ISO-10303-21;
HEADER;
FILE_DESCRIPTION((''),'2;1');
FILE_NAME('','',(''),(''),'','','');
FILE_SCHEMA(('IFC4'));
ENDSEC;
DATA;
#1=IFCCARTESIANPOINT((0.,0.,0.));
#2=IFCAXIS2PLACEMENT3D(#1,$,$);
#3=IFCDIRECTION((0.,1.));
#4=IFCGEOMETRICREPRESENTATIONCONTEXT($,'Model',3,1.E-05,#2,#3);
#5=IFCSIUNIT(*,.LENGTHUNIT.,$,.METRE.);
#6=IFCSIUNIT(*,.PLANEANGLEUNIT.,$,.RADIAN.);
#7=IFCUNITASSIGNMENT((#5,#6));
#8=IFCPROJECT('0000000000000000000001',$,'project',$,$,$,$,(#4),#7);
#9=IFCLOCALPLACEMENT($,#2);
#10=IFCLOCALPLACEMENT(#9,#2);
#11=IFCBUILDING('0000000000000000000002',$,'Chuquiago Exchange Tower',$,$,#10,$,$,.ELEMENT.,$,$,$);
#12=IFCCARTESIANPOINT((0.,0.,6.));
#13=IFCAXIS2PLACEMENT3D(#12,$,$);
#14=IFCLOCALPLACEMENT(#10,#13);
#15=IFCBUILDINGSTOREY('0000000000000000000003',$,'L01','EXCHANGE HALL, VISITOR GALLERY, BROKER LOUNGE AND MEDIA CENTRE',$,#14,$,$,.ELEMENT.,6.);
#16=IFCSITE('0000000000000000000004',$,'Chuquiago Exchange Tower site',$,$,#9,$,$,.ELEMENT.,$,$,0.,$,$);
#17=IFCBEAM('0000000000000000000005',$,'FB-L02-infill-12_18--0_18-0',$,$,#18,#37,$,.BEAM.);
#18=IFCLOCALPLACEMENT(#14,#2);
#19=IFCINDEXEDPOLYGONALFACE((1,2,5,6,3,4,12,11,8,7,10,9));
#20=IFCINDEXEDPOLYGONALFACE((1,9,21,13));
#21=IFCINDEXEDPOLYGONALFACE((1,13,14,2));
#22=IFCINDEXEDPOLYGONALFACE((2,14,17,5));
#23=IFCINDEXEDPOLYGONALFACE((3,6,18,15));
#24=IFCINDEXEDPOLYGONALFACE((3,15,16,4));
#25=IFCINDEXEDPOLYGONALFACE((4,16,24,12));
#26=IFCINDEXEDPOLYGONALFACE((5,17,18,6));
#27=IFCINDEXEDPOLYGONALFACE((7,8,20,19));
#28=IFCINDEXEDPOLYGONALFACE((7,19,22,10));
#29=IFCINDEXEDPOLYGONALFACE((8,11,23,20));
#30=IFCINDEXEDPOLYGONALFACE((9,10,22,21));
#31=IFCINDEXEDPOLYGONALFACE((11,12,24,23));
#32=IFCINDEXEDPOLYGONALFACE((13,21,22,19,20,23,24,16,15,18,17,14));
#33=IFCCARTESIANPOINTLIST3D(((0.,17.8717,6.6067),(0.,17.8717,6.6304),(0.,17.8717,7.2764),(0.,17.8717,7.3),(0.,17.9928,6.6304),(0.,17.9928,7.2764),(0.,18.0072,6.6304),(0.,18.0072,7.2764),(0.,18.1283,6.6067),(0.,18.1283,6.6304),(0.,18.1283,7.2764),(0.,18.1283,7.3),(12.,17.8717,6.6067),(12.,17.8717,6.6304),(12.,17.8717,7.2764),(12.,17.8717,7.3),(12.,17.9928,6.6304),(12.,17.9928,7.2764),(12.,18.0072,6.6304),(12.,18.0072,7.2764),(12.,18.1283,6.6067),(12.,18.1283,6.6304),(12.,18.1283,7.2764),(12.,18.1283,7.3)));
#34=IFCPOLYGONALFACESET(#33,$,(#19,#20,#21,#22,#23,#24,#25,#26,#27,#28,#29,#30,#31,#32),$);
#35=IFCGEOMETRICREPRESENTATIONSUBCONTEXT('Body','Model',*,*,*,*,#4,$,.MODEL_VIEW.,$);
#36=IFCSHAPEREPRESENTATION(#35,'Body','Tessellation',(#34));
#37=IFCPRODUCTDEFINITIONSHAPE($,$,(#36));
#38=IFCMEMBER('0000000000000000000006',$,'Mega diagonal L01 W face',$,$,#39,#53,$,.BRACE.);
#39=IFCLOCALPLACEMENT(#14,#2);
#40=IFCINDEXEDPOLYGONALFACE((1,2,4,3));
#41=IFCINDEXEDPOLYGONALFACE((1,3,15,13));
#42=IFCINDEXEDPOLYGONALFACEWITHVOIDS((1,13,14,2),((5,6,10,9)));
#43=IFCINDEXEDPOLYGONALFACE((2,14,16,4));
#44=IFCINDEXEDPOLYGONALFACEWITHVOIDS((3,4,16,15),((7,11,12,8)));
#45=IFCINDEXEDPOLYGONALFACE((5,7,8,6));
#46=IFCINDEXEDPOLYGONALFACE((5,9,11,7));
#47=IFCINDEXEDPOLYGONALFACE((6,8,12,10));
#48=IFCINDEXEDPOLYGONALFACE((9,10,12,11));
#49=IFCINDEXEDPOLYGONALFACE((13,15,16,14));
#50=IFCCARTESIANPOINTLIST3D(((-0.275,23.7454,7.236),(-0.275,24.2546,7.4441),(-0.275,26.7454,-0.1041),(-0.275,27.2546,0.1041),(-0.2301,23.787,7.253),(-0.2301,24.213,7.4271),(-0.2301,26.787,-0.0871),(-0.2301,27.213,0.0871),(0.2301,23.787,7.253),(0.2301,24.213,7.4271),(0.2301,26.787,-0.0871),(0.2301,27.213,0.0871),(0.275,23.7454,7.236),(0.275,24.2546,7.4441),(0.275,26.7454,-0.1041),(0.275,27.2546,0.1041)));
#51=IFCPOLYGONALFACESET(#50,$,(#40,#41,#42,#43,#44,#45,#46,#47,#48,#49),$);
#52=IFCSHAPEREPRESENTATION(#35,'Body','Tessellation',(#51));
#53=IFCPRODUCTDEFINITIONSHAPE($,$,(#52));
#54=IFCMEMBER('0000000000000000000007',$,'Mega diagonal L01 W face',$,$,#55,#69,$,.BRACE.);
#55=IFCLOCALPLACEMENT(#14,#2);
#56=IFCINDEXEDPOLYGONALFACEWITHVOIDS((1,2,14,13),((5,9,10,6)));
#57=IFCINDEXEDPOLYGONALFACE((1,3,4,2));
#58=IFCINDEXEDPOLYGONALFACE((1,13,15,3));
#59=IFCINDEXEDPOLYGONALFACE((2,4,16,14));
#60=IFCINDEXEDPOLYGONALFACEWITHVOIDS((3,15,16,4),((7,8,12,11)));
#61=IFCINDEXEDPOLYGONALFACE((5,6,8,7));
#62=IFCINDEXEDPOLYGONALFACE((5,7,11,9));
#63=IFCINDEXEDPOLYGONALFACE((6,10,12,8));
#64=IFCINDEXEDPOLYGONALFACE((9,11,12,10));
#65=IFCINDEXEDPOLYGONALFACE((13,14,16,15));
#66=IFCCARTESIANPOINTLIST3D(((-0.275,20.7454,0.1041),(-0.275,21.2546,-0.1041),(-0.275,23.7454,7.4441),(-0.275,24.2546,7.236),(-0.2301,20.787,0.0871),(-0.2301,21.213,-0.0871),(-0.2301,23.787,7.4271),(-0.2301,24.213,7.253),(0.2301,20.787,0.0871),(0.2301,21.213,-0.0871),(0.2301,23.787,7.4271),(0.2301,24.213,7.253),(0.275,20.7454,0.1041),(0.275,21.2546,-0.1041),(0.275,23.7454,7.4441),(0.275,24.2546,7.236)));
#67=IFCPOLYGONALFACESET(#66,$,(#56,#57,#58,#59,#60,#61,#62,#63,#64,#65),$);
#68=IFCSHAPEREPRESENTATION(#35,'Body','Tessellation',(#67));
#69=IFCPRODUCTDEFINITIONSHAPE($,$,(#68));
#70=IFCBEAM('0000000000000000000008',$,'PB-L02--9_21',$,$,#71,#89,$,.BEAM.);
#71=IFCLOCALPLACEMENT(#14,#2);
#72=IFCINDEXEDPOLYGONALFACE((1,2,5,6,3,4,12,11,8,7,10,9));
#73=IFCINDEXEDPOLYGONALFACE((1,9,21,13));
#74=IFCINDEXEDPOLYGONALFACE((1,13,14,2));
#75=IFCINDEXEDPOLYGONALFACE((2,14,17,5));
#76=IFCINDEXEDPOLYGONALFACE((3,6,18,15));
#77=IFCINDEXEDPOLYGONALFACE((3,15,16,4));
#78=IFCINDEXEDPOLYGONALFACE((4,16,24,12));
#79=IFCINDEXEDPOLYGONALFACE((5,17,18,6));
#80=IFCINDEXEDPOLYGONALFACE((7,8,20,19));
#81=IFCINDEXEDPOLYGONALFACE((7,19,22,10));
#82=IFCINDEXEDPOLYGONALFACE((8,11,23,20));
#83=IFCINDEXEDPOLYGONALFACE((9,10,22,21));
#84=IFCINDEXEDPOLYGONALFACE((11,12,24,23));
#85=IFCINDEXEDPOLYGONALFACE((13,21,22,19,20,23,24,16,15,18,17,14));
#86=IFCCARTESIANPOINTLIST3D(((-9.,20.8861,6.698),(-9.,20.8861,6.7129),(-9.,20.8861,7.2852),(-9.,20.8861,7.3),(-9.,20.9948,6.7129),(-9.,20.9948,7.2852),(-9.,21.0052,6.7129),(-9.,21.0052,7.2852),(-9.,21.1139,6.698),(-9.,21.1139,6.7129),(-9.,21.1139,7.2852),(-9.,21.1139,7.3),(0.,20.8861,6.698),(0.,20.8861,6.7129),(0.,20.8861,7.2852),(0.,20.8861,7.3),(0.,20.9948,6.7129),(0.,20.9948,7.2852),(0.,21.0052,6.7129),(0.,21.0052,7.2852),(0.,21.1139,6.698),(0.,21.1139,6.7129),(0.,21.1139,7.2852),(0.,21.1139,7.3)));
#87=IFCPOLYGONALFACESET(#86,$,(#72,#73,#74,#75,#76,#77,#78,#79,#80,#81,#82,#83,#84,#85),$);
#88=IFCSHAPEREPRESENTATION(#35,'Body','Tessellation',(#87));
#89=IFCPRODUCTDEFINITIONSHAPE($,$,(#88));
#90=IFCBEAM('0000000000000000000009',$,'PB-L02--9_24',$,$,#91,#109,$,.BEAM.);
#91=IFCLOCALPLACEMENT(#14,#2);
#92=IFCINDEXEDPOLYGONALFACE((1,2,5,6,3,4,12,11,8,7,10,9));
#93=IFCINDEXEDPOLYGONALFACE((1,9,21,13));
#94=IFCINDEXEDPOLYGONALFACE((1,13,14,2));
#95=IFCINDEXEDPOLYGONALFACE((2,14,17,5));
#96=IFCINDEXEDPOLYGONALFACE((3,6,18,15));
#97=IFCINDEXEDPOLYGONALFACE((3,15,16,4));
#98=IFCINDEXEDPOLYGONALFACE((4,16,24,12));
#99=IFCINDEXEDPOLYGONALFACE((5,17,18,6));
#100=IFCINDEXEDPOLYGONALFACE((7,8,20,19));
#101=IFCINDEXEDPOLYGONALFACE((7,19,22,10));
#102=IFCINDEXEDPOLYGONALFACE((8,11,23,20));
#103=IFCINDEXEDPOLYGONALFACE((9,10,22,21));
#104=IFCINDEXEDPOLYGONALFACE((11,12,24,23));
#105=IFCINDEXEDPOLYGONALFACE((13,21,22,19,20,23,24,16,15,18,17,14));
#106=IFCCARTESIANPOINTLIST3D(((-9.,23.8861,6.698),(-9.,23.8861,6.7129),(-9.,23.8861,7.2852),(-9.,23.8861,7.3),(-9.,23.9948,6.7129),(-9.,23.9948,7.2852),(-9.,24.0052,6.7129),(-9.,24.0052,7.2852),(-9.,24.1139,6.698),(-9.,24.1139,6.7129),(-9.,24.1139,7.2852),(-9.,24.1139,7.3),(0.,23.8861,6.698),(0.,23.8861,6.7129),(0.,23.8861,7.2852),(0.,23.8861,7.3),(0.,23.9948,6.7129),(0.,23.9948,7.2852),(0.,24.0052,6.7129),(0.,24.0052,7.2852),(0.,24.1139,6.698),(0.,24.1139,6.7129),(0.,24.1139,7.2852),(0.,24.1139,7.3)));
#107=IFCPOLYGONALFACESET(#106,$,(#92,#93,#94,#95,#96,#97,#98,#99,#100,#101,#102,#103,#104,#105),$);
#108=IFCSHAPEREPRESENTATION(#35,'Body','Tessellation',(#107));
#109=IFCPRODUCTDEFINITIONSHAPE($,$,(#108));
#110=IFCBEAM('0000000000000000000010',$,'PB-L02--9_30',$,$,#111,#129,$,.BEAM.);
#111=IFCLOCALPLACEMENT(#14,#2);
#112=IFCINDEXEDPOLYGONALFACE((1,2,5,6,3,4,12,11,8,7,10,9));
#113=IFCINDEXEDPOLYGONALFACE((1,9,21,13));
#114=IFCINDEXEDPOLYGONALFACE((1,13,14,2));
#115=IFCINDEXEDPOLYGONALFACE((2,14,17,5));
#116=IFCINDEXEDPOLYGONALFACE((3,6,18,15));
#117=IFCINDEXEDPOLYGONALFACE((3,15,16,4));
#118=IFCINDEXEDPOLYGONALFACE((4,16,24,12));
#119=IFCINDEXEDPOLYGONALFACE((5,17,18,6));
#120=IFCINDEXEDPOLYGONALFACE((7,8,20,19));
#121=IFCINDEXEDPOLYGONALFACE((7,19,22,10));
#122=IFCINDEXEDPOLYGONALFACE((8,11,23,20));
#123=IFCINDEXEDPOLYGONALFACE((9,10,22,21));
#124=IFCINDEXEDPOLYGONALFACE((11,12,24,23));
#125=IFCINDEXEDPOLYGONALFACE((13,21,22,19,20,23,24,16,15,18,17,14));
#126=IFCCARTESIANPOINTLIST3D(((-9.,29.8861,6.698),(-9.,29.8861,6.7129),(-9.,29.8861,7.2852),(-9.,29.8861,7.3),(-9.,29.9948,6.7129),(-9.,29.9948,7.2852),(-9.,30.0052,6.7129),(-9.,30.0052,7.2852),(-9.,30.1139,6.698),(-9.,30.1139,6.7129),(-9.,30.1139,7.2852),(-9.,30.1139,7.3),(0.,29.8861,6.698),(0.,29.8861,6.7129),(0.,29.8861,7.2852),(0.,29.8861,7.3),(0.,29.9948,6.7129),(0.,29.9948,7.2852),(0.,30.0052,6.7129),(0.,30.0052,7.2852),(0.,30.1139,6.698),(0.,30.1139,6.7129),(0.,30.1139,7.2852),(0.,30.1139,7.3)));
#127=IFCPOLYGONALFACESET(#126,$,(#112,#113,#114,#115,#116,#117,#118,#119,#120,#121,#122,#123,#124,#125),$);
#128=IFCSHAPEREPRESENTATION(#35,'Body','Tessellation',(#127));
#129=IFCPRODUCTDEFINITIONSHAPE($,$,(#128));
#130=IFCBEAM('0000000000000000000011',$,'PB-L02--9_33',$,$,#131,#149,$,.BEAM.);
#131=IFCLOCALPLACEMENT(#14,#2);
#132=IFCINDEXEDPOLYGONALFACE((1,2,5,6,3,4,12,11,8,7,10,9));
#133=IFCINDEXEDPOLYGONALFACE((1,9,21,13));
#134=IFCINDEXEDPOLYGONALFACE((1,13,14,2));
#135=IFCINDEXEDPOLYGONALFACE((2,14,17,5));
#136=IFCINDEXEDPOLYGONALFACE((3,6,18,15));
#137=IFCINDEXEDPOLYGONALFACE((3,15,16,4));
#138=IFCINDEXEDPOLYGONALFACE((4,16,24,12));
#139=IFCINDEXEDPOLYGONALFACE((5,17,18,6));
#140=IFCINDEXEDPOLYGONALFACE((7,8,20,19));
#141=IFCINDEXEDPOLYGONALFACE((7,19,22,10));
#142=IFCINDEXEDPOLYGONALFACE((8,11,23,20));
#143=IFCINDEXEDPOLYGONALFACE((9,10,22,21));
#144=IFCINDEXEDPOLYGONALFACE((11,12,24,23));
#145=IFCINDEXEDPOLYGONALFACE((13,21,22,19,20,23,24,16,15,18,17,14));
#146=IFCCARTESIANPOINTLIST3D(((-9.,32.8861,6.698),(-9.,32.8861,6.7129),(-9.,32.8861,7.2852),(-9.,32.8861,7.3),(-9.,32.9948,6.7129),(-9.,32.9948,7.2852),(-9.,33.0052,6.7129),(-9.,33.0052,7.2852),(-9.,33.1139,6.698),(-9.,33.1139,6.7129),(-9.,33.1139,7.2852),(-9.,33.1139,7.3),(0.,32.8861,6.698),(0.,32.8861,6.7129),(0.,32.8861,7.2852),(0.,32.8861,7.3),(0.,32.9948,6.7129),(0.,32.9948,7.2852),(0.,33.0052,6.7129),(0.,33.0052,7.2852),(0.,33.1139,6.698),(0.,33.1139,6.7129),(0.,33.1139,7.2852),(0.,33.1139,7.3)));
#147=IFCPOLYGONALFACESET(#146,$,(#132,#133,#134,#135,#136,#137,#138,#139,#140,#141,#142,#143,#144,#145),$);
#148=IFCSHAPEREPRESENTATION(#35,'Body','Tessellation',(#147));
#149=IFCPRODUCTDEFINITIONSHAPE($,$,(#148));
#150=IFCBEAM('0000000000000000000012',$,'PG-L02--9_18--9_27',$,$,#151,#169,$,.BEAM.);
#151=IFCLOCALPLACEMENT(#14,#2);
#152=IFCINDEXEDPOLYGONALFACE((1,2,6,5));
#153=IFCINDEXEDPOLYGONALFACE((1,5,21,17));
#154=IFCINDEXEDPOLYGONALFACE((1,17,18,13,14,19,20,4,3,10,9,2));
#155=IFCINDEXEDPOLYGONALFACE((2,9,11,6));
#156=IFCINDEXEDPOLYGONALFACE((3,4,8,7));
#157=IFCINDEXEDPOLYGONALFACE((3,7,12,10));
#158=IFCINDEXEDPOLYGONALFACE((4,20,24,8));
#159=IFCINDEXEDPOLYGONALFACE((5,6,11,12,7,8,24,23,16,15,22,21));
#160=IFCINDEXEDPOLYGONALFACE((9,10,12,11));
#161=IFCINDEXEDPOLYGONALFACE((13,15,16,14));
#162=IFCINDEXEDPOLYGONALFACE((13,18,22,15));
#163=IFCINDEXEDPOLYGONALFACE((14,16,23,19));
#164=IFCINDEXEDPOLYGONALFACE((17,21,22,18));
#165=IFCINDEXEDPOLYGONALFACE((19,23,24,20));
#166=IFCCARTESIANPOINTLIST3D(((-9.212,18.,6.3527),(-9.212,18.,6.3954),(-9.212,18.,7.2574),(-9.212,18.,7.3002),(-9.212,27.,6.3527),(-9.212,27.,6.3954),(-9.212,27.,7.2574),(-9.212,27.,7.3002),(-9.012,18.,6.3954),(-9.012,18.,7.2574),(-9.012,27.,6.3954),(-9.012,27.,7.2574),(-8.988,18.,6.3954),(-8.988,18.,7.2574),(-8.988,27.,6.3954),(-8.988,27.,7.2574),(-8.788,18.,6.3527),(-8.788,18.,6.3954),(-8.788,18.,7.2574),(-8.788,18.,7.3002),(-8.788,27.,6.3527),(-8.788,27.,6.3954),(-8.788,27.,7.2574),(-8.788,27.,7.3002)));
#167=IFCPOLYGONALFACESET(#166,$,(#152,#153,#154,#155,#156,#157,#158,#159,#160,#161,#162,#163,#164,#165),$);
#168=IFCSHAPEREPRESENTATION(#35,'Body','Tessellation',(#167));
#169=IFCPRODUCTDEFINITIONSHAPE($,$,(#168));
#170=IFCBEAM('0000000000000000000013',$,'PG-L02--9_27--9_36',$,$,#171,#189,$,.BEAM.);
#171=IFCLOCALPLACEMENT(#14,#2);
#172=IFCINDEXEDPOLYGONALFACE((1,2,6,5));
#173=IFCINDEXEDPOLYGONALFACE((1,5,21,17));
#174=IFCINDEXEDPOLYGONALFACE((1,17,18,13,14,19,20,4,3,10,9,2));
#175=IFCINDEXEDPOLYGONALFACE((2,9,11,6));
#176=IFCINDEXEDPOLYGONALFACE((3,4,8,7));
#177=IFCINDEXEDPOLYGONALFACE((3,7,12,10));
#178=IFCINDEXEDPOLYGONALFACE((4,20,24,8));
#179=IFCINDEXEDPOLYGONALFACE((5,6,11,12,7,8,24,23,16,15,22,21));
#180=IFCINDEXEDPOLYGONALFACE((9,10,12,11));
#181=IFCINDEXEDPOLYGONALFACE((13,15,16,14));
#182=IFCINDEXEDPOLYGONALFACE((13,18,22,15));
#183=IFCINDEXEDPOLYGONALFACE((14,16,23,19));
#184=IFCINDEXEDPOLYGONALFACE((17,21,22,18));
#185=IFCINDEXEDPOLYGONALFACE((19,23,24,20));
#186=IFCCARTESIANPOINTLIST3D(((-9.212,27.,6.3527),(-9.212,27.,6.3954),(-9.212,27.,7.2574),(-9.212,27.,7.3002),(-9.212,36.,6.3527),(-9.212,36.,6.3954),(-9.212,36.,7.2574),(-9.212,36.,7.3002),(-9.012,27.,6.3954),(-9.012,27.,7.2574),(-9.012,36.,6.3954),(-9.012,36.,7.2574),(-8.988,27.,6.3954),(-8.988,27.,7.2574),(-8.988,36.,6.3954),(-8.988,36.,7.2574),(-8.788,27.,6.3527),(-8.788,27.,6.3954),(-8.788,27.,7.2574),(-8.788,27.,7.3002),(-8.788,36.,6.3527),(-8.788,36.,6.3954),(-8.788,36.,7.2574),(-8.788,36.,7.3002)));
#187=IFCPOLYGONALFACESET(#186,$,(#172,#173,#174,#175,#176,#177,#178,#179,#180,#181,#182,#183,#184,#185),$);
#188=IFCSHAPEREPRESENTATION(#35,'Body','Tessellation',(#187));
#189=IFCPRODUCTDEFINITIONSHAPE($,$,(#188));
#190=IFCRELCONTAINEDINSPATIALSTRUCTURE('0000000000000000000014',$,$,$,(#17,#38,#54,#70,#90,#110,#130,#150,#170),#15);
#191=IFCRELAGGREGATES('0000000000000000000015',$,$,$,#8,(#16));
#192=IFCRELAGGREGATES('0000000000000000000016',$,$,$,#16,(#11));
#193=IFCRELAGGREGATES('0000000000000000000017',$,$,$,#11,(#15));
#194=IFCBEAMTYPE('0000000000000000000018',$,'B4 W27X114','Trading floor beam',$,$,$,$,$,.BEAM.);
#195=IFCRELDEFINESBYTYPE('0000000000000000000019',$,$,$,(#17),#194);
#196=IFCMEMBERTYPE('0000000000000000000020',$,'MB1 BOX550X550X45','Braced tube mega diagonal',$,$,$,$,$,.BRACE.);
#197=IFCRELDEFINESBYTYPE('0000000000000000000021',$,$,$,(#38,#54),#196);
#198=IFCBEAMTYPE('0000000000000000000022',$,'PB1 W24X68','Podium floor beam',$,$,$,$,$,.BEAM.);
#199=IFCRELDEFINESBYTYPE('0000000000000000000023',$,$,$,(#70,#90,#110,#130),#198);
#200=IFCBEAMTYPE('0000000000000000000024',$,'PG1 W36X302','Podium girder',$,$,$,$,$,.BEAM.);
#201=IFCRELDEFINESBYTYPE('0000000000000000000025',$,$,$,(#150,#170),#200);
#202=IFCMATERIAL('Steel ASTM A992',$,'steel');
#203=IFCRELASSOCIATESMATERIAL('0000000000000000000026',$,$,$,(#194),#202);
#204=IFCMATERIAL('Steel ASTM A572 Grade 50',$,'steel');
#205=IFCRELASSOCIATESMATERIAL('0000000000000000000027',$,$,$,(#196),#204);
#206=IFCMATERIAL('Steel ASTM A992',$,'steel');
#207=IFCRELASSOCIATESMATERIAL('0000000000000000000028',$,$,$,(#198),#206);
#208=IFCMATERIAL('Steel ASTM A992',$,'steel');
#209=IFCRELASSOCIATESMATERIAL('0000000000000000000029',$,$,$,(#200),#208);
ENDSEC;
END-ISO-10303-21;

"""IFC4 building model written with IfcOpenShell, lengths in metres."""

from ifc_helpers import new_model, si_unit, direction, frame, origin, origin_2d, place, context, subcontext, project, spatial, hollow_rectangle, i_section, extrude, material, material_profile, profile_set, type_object, element, save


model = new_model("IFC4")

# Units and contexts
model_context = context("Model", 3, precision=1e-05, world=origin(), true_north=direction((0.0, 1.0)))
body_context = subcontext(model_context, "Body", "Model", "MODEL_VIEW")
ifc_project = project(units=[si_unit("LENGTHUNIT", "METRE"), si_unit("PLANEANGLEUNIT", "RADIAN")], contexts=[model_context])

# Site, building, storey
site_placement = place(None, origin())
site = spatial("IfcSite", under=ifc_project, at=site_placement, Name="Chuquiago Exchange Tower site", CompositionType="ELEMENT", RefElevation=0.0)
building_placement = place(site_placement, origin())
building = spatial("IfcBuilding", under=site, at=building_placement, Name="Chuquiago Exchange Tower", CompositionType="ELEMENT")
storey_placement = place(building_placement, frame((0.0, 0.0, 6.0)))
storey = spatial("IfcBuildingStorey", under=building, at=storey_placement, Name="L01", Description="EXCHANGE HALL, VISITOR GALLERY, BROKER LOUNGE AND MEDIA CENTRE", CompositionType="ELEMENT", Elevation=6.0)

# Beam
ifc_material_1 = material(Name="Steel ASTM A992", Category="steel")
ifc_material_profile_1 = material_profile(ifc_material_1, i_section(OverallWidth=0.2566, OverallDepth=0.6934, WebThickness=0.0144, FlangeThickness=0.0237, at=origin_2d()), Name="W27X114")
ifc_profile_set_1 = profile_set([ifc_material_profile_1], Name="Steel ASTM A992")
beam_type_1 = type_object("IfcBeamType", Name="B4 W27X114", Description="Trading floor beam", PredefinedType="BEAM", material=ifc_profile_set_1)
for number, where, z_axis, x_axis, name in (
    (1, (12.0, 18.0, 6.9534), (-1.0, 0.0, 0.0), (0.0, -1.0, 0.0), "FB-L02-infill-12_18--0_18-0"),
):
    element("IfcBeam", number, at=place(storey_placement, frame(where, z_axis=z_axis, x_axis=x_axis)), inside=storey, type_object=beam_type_1, Name=name, PredefinedType="BEAM", context=body_context, shape_type="SweptSolid", body=[
        extrude(i_section(OverallWidth=0.2566, OverallDepth=0.6934, WebThickness=0.0144, FlangeThickness=0.0237, at=origin_2d()), origin(), (0.0, 0.0, 1.0), 12.0),
    ])

# Members
ifc_material_2 = material(Name="Steel ASTM A572 Grade 50", Category="steel")
ifc_material_profile_2 = material_profile(ifc_material_2, hollow_rectangle(XDim=0.55, YDim=0.55, WallThickness=0.0449, at=origin_2d()), Name="BOX550X550X45")
ifc_profile_set_2 = profile_set([ifc_material_profile_2], Name="Steel ASTM A572 Grade 50")
member_type = type_object("IfcMemberType", Name="MB1 BOX550X550X45", Description="Braced tube mega diagonal", PredefinedType="BRACE", material=ifc_profile_set_2)
for number, where, z_axis, x_axis, name in (
    (2, (0.0, 27.0, 0.0), (0.0, -0.378334, 0.925669), (1.0, 0.0, 0.0), "Mega diagonal L01 W face"),
    (3, (0.0, 21.0, 0.0), (0.0, 0.378334, 0.925669), (-1.0, 0.0, 0.0), "Mega diagonal L01 W face"),
):
    element("IfcMember", number, at=place(storey_placement, frame(where, z_axis=z_axis, x_axis=x_axis)), inside=storey, type_object=member_type, Name=name, PredefinedType="BRACE", context=body_context, shape_type="SweptSolid", body=[
        extrude(hollow_rectangle(XDim=0.55, YDim=0.55, WallThickness=0.0449, at=origin_2d()), origin(), (0.0, 0.0, 1.0), 7.9294),
    ])

# Beams
ifc_material_3 = material(Name="Steel ASTM A992", Category="steel")
ifc_material_profile_3 = material_profile(ifc_material_3, i_section(OverallWidth=0.2278, OverallDepth=0.6021, WebThickness=0.0105, FlangeThickness=0.0149, at=origin_2d()), Name="W24X68")
ifc_profile_set_3 = profile_set([ifc_material_profile_3], Name="Steel ASTM A992")
beam_type_2 = type_object("IfcBeamType", Name="PB1 W24X68", Description="Podium floor beam", PredefinedType="BEAM", material=ifc_profile_set_3)
for number, where, z_axis, x_axis, name in (
    (4, (-9.0, 21.0, 6.999), (1.0, 0.0, 0.0), (0.0, 1.0, 0.0), "PB-L02--9_21"),
    (5, (-9.0, 24.0, 6.999), (1.0, 0.0, 0.0), (0.0, 1.0, 0.0), "PB-L02--9_24"),
    (6, (-9.0, 30.0, 6.999), (1.0, 0.0, 0.0), (0.0, 1.0, 0.0), "PB-L02--9_30"),
    (7, (-9.0, 33.0, 6.999), (1.0, 0.0, 0.0), (0.0, 1.0, 0.0), "PB-L02--9_33"),
):
    element("IfcBeam", number, at=place(storey_placement, frame(where, z_axis=z_axis, x_axis=x_axis)), inside=storey, type_object=beam_type_2, Name=name, PredefinedType="BEAM", context=body_context, shape_type="SweptSolid", body=[
        extrude(i_section(OverallWidth=0.2278, OverallDepth=0.6021, WebThickness=0.0105, FlangeThickness=0.0149, at=origin_2d()), origin(), (0.0, 0.0, 1.0), 9.0),
    ])
ifc_material_4 = material(Name="Steel ASTM A992", Category="steel")
ifc_material_profile_4 = material_profile(ifc_material_4, i_section(OverallWidth=0.4241, OverallDepth=0.9475, WebThickness=0.0239, FlangeThickness=0.0427, at=origin_2d()), Name="W36X302")
ifc_profile_set_4 = profile_set([ifc_material_profile_4], Name="Steel ASTM A992")
beam_type_3 = type_object("IfcBeamType", Name="PG1 W36X302", Description="Podium girder", PredefinedType="BEAM", material=ifc_profile_set_4)
for number, where, z_axis, x_axis, name in (
    (8, (-9.0, 18.0, 6.8264), (0.0, 1.0, 0.0), (-1.0, 0.0, 0.0), "PG-L02--9_18--9_27"),
    (9, (-9.0, 27.0, 6.8264), (0.0, 1.0, 0.0), (-1.0, 0.0, 0.0), "PG-L02--9_27--9_36"),
):
    element("IfcBeam", number, at=place(storey_placement, frame(where, z_axis=z_axis, x_axis=x_axis)), inside=storey, type_object=beam_type_3, Name=name, PredefinedType="BEAM", context=body_context, shape_type="SweptSolid", body=[
        extrude(i_section(OverallWidth=0.4241, OverallDepth=0.9475, WebThickness=0.0239, FlangeThickness=0.0427, at=origin_2d()), origin(), (0.0, 0.0, 1.0), 9.0),
    ])

save(model, "model.ifc")
